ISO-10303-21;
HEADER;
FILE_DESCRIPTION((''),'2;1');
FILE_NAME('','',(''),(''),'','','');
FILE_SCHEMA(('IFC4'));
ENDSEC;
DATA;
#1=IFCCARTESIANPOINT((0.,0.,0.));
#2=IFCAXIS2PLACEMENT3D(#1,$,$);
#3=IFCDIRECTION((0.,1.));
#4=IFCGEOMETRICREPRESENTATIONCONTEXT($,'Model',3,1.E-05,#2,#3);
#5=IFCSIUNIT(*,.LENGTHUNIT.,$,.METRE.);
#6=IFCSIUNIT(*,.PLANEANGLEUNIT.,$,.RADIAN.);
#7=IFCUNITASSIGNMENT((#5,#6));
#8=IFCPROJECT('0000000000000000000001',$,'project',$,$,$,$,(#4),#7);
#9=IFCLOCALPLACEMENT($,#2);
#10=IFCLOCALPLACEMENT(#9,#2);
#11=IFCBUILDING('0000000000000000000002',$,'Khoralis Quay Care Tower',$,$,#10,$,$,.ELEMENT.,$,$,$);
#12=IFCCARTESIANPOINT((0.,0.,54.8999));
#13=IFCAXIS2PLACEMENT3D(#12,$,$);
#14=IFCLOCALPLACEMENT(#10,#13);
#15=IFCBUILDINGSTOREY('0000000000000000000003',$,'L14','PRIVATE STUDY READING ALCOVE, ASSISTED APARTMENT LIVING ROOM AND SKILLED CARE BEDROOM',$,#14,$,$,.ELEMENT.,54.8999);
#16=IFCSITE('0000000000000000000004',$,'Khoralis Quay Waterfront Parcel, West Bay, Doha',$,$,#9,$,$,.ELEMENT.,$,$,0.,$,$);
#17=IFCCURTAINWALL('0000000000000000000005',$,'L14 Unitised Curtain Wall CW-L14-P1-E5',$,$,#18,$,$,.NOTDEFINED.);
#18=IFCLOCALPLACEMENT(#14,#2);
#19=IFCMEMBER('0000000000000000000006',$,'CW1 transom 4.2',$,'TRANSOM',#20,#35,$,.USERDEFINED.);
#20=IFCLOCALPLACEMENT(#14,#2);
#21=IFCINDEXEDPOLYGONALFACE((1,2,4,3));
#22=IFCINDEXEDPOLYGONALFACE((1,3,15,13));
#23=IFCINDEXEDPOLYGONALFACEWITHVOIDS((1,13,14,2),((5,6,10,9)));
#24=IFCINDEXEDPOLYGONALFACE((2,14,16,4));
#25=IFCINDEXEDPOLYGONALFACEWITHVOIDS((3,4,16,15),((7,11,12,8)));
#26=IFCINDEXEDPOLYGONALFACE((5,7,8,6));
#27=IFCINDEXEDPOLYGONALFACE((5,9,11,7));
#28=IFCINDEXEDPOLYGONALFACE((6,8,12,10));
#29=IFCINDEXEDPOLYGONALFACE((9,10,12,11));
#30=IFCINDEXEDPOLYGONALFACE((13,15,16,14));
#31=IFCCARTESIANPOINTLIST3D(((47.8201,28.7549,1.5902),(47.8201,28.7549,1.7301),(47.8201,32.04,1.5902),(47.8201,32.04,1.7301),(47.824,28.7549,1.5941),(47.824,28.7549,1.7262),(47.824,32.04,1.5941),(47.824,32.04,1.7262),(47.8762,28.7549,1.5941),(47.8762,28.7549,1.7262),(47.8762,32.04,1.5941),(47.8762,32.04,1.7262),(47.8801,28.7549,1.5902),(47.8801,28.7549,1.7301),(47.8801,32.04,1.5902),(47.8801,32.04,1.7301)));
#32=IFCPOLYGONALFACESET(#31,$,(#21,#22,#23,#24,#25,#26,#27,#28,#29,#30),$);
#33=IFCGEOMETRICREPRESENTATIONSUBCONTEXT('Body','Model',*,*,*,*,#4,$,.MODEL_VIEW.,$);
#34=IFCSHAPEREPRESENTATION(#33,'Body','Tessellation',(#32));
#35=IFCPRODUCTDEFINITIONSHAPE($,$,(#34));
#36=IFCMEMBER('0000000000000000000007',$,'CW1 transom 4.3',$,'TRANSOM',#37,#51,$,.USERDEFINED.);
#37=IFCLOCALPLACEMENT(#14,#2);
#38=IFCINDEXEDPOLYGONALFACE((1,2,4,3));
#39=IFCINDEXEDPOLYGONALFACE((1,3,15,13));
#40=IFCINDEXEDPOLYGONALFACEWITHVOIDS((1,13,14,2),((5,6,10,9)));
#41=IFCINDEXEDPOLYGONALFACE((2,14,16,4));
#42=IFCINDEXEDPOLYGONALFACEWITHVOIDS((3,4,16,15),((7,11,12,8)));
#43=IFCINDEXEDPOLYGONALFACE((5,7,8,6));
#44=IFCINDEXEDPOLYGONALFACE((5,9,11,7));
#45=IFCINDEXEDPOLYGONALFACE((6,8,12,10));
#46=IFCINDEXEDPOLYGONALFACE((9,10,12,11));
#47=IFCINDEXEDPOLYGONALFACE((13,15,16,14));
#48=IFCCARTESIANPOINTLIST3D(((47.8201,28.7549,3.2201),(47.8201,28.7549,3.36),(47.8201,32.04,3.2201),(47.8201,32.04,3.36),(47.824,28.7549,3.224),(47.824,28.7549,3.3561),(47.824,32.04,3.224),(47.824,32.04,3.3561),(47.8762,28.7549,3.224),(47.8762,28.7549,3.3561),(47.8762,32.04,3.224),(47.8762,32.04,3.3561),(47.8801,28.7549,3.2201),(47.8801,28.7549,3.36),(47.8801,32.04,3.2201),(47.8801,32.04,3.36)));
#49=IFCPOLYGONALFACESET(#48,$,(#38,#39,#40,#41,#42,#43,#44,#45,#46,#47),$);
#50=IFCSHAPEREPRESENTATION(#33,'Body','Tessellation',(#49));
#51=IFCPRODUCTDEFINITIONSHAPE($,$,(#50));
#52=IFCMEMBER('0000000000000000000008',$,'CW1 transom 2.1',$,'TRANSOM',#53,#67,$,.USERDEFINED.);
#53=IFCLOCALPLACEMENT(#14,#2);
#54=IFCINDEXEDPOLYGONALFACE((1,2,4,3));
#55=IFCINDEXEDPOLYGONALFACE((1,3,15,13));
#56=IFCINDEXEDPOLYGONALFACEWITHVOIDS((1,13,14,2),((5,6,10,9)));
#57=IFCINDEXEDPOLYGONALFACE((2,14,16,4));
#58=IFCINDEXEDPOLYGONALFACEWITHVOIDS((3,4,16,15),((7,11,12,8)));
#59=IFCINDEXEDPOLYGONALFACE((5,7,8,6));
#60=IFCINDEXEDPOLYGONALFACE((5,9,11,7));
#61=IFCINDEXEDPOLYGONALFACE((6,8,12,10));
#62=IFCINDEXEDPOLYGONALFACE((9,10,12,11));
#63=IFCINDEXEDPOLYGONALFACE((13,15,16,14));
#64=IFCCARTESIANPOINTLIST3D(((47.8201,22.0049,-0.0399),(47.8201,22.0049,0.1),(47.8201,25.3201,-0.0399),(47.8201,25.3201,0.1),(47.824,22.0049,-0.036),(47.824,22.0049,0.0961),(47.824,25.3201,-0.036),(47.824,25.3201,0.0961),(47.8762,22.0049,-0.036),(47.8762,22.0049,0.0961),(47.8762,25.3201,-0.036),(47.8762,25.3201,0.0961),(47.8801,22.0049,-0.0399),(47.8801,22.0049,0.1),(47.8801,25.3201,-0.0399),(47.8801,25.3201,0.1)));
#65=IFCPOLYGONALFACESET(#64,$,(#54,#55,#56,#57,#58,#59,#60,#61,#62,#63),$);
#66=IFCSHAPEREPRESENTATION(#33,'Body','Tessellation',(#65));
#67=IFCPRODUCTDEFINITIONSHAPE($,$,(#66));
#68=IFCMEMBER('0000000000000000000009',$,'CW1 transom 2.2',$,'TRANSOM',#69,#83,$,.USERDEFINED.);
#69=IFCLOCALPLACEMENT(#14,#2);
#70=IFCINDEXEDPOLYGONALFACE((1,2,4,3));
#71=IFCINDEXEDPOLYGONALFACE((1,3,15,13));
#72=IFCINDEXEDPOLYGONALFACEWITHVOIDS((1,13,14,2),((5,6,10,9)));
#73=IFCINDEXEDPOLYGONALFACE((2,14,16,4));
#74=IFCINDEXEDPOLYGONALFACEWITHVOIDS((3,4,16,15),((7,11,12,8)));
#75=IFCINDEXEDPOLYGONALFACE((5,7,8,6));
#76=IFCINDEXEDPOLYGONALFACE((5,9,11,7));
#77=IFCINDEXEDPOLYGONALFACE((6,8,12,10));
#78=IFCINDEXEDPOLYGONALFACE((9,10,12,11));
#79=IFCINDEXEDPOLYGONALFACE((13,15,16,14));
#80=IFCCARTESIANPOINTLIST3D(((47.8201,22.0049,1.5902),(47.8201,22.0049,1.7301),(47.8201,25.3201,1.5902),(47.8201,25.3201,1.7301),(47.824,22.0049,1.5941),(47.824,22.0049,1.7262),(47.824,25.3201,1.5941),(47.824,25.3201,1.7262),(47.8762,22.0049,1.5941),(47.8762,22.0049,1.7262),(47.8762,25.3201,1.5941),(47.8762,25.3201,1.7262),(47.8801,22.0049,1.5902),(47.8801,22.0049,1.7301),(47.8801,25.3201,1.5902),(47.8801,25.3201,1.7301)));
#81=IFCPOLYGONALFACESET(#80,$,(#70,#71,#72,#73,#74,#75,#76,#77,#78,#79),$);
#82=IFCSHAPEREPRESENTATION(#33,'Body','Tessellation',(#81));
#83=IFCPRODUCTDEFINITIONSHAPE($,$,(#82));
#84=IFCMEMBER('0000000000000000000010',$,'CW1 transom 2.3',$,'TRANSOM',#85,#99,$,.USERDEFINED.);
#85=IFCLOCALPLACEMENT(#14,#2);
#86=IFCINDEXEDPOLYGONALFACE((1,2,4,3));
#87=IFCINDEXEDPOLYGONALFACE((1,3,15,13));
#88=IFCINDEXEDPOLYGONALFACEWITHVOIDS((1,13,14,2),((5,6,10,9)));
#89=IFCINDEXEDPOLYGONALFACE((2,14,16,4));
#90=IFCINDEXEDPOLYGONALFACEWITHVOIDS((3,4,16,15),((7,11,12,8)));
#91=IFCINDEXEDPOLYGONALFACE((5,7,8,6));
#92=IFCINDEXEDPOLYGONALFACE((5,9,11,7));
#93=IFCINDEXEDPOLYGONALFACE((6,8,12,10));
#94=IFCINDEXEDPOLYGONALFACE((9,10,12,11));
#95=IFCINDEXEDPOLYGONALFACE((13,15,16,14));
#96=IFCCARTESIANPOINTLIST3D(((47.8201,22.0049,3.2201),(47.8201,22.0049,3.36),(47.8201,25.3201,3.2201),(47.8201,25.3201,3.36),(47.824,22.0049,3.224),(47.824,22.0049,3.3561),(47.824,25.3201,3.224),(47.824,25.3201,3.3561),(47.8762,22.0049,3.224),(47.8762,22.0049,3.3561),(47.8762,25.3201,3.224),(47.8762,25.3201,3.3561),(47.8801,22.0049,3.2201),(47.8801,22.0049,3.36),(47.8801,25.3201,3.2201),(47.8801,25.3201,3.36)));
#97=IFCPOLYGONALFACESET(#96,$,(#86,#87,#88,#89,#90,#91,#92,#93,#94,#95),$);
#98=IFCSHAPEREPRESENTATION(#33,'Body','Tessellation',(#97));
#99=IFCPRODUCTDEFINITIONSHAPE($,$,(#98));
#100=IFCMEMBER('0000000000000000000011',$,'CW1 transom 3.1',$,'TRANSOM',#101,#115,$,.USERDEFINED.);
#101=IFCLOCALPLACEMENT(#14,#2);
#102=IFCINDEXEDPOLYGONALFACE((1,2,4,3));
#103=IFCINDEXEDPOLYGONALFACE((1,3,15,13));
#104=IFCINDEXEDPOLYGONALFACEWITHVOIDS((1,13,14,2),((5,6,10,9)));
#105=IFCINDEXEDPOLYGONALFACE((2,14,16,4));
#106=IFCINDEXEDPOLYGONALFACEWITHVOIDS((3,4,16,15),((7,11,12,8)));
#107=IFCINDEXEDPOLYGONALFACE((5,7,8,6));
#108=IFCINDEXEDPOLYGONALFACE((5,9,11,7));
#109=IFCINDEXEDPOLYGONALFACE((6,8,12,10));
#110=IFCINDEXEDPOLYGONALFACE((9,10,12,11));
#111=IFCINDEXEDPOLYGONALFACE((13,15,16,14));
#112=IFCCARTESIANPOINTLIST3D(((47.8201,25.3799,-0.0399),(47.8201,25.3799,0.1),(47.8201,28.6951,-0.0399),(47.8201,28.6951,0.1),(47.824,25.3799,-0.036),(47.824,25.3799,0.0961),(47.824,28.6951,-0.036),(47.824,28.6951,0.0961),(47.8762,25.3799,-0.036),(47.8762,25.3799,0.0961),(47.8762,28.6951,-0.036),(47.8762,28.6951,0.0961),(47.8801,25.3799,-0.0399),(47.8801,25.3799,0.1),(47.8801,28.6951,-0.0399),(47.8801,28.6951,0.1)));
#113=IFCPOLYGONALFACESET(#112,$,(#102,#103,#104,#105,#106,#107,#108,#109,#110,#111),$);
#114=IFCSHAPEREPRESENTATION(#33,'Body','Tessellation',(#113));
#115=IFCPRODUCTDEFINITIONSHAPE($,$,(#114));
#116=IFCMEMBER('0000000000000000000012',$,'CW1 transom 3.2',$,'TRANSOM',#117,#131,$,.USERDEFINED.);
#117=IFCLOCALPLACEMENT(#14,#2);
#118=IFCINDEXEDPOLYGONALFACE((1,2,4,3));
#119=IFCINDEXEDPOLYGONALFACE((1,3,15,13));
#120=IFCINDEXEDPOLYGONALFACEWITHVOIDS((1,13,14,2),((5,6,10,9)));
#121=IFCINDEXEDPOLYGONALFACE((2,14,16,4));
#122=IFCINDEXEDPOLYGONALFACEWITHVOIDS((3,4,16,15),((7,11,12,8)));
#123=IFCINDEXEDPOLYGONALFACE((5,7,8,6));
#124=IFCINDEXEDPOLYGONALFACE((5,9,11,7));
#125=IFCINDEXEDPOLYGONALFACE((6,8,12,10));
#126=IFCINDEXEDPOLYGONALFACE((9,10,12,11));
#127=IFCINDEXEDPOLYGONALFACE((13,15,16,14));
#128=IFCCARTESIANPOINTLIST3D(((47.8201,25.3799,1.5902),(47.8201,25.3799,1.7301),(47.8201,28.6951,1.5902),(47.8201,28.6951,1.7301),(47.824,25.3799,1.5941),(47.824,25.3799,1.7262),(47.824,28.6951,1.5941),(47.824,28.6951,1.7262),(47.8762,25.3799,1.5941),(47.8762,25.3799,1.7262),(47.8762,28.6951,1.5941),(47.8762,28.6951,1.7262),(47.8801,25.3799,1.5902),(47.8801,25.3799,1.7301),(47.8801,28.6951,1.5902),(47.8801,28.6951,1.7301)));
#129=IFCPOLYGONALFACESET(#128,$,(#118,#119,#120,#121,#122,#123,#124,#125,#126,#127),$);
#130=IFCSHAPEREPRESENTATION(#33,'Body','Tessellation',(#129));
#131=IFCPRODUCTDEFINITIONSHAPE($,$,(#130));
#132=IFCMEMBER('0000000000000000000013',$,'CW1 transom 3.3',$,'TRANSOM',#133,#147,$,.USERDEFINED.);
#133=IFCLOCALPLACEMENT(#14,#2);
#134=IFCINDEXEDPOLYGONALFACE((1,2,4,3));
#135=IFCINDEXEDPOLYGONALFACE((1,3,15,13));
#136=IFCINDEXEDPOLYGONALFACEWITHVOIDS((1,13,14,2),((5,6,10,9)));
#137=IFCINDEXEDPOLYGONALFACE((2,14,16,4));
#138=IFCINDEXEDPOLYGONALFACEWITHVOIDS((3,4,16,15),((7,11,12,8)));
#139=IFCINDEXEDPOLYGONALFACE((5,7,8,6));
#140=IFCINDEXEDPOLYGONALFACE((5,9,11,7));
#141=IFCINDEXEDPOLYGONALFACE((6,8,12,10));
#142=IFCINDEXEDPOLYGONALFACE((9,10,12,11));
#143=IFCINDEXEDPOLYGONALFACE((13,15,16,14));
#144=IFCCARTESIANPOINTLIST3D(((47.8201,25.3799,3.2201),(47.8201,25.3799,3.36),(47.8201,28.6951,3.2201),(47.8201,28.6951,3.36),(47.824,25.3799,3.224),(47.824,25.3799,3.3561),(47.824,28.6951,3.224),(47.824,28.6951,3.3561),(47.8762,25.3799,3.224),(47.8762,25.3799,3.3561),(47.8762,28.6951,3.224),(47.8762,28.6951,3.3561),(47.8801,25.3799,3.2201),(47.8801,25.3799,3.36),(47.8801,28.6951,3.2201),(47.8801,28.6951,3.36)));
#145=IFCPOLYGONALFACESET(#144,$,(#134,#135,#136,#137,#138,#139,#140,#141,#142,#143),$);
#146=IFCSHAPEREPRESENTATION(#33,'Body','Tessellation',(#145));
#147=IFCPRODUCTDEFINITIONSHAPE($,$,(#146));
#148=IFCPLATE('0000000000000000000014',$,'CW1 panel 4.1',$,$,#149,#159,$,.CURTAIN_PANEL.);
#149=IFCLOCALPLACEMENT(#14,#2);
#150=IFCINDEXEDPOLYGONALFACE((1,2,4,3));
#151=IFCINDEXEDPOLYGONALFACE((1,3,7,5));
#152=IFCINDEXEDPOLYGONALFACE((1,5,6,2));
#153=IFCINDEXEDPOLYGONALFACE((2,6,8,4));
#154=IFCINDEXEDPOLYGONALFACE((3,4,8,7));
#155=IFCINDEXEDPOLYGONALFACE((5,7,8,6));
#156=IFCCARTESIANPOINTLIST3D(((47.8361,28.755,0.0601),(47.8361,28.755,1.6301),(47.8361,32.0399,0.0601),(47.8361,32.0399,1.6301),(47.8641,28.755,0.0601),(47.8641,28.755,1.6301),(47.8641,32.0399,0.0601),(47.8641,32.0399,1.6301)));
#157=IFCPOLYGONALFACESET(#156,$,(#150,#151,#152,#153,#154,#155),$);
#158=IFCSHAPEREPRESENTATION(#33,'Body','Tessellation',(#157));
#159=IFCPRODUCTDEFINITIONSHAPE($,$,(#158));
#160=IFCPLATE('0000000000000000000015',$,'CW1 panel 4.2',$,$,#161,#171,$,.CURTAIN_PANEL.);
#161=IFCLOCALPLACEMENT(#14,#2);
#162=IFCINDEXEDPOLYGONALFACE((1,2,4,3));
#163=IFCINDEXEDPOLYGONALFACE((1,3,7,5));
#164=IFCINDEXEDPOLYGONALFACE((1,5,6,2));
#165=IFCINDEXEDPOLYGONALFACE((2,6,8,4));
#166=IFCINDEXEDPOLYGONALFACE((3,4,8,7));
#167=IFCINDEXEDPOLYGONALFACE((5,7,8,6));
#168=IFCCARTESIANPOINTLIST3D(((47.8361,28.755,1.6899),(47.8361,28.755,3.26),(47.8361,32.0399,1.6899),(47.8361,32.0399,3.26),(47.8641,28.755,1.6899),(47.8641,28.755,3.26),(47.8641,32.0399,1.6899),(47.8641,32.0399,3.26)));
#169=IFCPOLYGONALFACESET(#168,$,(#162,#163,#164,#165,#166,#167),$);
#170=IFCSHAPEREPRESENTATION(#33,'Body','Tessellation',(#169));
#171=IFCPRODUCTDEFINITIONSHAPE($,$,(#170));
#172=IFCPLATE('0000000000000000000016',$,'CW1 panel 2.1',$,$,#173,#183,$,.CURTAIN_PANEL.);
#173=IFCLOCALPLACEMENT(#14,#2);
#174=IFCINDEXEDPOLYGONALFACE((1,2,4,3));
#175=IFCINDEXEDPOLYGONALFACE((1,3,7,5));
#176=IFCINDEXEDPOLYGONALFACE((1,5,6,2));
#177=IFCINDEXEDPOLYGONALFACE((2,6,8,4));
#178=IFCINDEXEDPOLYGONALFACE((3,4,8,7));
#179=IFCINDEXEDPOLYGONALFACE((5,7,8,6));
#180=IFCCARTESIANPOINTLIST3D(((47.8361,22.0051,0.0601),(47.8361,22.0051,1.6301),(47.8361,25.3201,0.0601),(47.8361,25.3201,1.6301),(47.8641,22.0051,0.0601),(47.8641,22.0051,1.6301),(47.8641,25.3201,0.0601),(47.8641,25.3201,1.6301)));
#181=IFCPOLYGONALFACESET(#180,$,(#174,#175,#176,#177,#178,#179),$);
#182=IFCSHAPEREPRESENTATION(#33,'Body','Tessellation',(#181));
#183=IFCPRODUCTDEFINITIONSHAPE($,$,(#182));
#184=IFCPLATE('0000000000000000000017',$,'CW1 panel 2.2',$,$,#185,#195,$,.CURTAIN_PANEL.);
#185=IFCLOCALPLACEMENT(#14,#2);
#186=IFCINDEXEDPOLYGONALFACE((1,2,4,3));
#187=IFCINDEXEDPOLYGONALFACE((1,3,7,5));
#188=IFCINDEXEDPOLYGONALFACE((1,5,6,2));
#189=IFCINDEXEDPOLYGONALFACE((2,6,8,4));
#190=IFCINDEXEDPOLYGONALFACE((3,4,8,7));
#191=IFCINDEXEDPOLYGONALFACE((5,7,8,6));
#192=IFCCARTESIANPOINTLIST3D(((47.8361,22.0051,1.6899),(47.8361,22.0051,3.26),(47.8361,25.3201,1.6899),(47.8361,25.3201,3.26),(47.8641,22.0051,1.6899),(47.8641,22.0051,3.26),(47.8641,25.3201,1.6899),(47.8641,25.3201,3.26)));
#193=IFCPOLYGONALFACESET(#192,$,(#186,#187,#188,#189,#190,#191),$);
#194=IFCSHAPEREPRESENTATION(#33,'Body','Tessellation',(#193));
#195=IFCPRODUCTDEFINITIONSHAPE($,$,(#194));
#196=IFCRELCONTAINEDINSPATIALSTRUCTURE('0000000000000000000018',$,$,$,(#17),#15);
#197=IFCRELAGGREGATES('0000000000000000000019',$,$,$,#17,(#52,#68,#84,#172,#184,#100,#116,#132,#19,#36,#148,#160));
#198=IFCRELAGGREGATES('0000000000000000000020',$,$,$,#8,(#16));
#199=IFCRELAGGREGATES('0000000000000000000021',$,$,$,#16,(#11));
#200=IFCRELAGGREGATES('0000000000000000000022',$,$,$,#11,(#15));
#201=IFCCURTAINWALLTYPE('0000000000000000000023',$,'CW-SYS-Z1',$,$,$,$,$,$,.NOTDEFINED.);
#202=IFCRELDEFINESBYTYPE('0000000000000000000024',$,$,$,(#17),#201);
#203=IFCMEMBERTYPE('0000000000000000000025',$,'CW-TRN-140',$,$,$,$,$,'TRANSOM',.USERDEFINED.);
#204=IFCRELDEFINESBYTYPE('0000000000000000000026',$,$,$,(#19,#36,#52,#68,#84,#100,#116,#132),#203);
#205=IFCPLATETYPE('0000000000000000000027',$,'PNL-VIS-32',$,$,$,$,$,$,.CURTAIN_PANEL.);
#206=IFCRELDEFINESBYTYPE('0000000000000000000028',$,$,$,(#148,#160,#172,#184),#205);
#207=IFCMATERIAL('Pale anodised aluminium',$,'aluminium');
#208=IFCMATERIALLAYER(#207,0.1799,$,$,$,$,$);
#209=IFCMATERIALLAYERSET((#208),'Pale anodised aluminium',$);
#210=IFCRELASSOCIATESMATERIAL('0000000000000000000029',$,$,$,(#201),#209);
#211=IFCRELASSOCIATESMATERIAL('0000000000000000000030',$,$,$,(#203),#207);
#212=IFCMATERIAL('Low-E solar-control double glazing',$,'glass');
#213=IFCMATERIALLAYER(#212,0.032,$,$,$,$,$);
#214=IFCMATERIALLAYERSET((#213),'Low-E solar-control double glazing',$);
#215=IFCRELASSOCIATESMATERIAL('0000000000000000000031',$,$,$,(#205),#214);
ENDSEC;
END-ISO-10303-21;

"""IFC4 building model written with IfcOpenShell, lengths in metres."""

from ifc_helpers import new_model, si_unit, direction, frame, origin, origin_2d, place, context, subcontext, project, spatial, rectangle, hollow_rectangle, extrude, source, transform, mapped, material, layer, layer_set, material_profile, profile_set, type_object, element, aggregate, save


model = new_model("IFC4")

# Units and contexts
model_context = context("Model", 3, precision=1e-05, world=origin(), true_north=direction((0.0, 1.0)))
body_context = subcontext(model_context, "Body", "Model", "MODEL_VIEW")
ifc_project = project(units=[si_unit("LENGTHUNIT", "METRE"), si_unit("PLANEANGLEUNIT", "RADIAN")], contexts=[model_context])

# Site, building, storey
site_placement = place(None, origin())
site = spatial("IfcSite", under=ifc_project, at=site_placement, Name="Khoralis Quay Waterfront Parcel, West Bay, Doha", CompositionType="ELEMENT", RefElevation=0.0)
building_placement = place(site_placement, origin())
building = spatial("IfcBuilding", under=site, at=building_placement, Name="Khoralis Quay Care Tower", CompositionType="ELEMENT")
storey_placement = place(building_placement, frame((0.0, 0.0, 54.8999)))
storey = spatial("IfcBuildingStorey", under=building, at=storey_placement, Name="L14", Description="PRIVATE STUDY READING ALCOVE, ASSISTED APARTMENT LIVING ROOM AND SKILLED CARE BEDROOM", CompositionType="ELEMENT", Elevation=54.8999)

# Curtain wall, members, plates
ifc_material_1 = material(Name="Pale anodised aluminium", Category="aluminium")
ifc_layer_1 = layer(ifc_material_1, 0.1799)
ifc_layer_set_1 = layer_set([ifc_layer_1], Name="Pale anodised aluminium")
curtain_wall_type = type_object("IfcCurtainWallType", Name="CW-SYS-Z1", PredefinedType="NOTDEFINED", material=ifc_layer_set_1)
curtain_wall_placement = place(storey_placement, origin())
curtain_wall = element("IfcCurtainWall", 1, at=curtain_wall_placement, inside=storey, type_object=curtain_wall_type, Name="L14 Unitised Curtain Wall CW-L14-P1-E5", PredefinedType="NOTDEFINED")
ifc_material_profile_1 = material_profile(ifc_material_1, hollow_rectangle(XDim=0.0601, YDim=0.1399, WallThickness=0.0039, at=origin_2d()), Name="Pale anodised aluminium")
ifc_profile_set_1 = profile_set([ifc_material_profile_1], Name="Pale anodised aluminium")
member_type_1 = type_object("IfcMemberType", Name="CW-TRN-140", ElementType="TRANSOM", PredefinedType="USERDEFINED", material=ifc_profile_set_1)
shared_shape_1 = source(origin(), body_context, "Body", "SweptSolid", [
    extrude(hollow_rectangle(XDim=0.0601, YDim=0.1399, WallThickness=0.0039, at=origin_2d()), origin(), (0.0, 0.0, 1.0), 3.2852),
])
member_1_placement = place(storey_placement, frame((47.8501, 28.7549, 1.6602), z_axis=(0.0, 1.0, 0.0), x_axis=(-1.0, 0.0, 0.0)))
member_1 = element("IfcMember", 2, at=member_1_placement, type_object=member_type_1, Name="CW1 transom 4.2", ObjectType="TRANSOM", PredefinedType="USERDEFINED", context=body_context, shape_type="MappedRepresentation", body=[
    mapped(shared_shape_1, transform((0.0, 0.0, 0.0), scale=1.0)),
])
member_2_placement = place(storey_placement, frame((47.8501, 28.7549, 3.29), z_axis=(0.0, 1.0, 0.0), x_axis=(-1.0, 0.0, 0.0)))
member_2 = element("IfcMember", 3, at=member_2_placement, type_object=member_type_1, Name="CW1 transom 4.3", ObjectType="TRANSOM", PredefinedType="USERDEFINED", context=body_context, shape_type="MappedRepresentation", body=[
    mapped(shared_shape_1, transform((0.0, 0.0, 0.0), scale=1.0)),
])
shared_shape_2 = source(origin(), body_context, "Body", "SweptSolid", [
    extrude(hollow_rectangle(XDim=0.0601, YDim=0.1399, WallThickness=0.0039, at=origin_2d()), origin(), (0.0, 0.0, 1.0), 3.3152),
])
member_3_placement = place(storey_placement, frame((47.8501, 22.0049, 0.03), z_axis=(0.0, 1.0, 0.0), x_axis=(-1.0, 0.0, 0.0)))
member_3 = element("IfcMember", 4, at=member_3_placement, type_object=member_type_1, Name="CW1 transom 2.1", ObjectType="TRANSOM", PredefinedType="USERDEFINED", context=body_context, shape_type="MappedRepresentation", body=[
    mapped(shared_shape_2, transform((0.0, 0.0, 0.0), scale=1.0)),
])
member_4_placement = place(storey_placement, frame((47.8501, 22.0049, 1.6602), z_axis=(0.0, 1.0, 0.0), x_axis=(-1.0, 0.0, 0.0)))
member_4 = element("IfcMember", 5, at=member_4_placement, type_object=member_type_1, Name="CW1 transom 2.2", ObjectType="TRANSOM", PredefinedType="USERDEFINED", context=body_context, shape_type="MappedRepresentation", body=[
    mapped(shared_shape_2, transform((0.0, 0.0, 0.0), scale=1.0)),
])
member_5_placement = place(storey_placement, frame((47.8501, 22.0049, 3.29), z_axis=(0.0, 1.0, 0.0), x_axis=(-1.0, 0.0, 0.0)))
member_5 = element("IfcMember", 6, at=member_5_placement, type_object=member_type_1, Name="CW1 transom 2.3", ObjectType="TRANSOM", PredefinedType="USERDEFINED", context=body_context, shape_type="MappedRepresentation", body=[
    mapped(shared_shape_2, transform((0.0, 0.0, 0.0), scale=1.0)),
])
member_6_placement = place(storey_placement, frame((47.8501, 25.3799, 0.03), z_axis=(0.0, 1.0, 0.0), x_axis=(-1.0, 0.0, 0.0)))
member_6 = element("IfcMember", 7, at=member_6_placement, type_object=member_type_1, Name="CW1 transom 3.1", ObjectType="TRANSOM", PredefinedType="USERDEFINED", context=body_context, shape_type="MappedRepresentation", body=[
    mapped(shared_shape_2, transform((0.0, 0.0, 0.0), scale=1.0)),
])
member_7_placement = place(storey_placement, frame((47.8501, 25.3799, 1.6602), z_axis=(0.0, 1.0, 0.0), x_axis=(-1.0, 0.0, 0.0)))
member_7 = element("IfcMember", 8, at=member_7_placement, type_object=member_type_1, Name="CW1 transom 3.2", ObjectType="TRANSOM", PredefinedType="USERDEFINED", context=body_context, shape_type="MappedRepresentation", body=[
    mapped(shared_shape_2, transform((0.0, 0.0, 0.0), scale=1.0)),
])
member_8_placement = place(storey_placement, frame((47.8501, 25.3799, 3.29), z_axis=(0.0, 1.0, 0.0), x_axis=(-1.0, 0.0, 0.0)))
member_8 = element("IfcMember", 9, at=member_8_placement, type_object=member_type_1, Name="CW1 transom 3.3", ObjectType="TRANSOM", PredefinedType="USERDEFINED", context=body_context, shape_type="MappedRepresentation", body=[
    mapped(shared_shape_2, transform((0.0, 0.0, 0.0), scale=1.0)),
])
ifc_material_2 = material(Name="Low-E solar-control double glazing", Category="glass")
ifc_layer_2 = layer(ifc_material_2, 0.032)
ifc_layer_set_2 = layer_set([ifc_layer_2], Name="Low-E solar-control double glazing")
plate_type = type_object("IfcPlateType", Name="PNL-VIS-32", PredefinedType="CURTAIN_PANEL", material=ifc_layer_set_2)
shared_shape_3 = source(origin(), body_context, "Body", "SweptSolid", [
    extrude(rectangle(XDim=3.2849, YDim=0.0281, at=origin_2d()), origin(), (0.0, 0.0, 1.0), 1.5701),
])
plate_1_placement = place(storey_placement, frame((47.8501, 30.3975, 0.0601), z_axis=(0.0, 0.0, 1.0), x_axis=(0.0, 1.0, 0.0)))
plate_1 = element("IfcPlate", 10, at=plate_1_placement, type_object=plate_type, Name="CW1 panel 4.1", PredefinedType="CURTAIN_PANEL", context=body_context, shape_type="MappedRepresentation", body=[
    mapped(shared_shape_3, transform((0.0, 0.0, 0.0), scale=1.0)),
])
plate_2_placement = place(storey_placement, frame((47.8501, 30.3975, 1.6899), z_axis=(0.0, 0.0, 1.0), x_axis=(0.0, 1.0, 0.0)))
plate_2 = element("IfcPlate", 11, at=plate_2_placement, type_object=plate_type, Name="CW1 panel 4.2", PredefinedType="CURTAIN_PANEL", context=body_context, shape_type="MappedRepresentation", body=[
    mapped(shared_shape_3, transform((0.0, 0.0, 0.0), scale=1.0)),
])
shared_shape_4 = source(origin(), body_context, "Body", "SweptSolid", [
    extrude(rectangle(XDim=3.3149, YDim=0.0281, at=origin_2d()), origin(), (0.0, 0.0, 1.0), 1.5701),
])
plate_3_placement = place(storey_placement, frame((47.8501, 23.6626, 0.0601), z_axis=(0.0, 0.0, 1.0), x_axis=(0.0, 1.0, 0.0)))
plate_3 = element("IfcPlate", 12, at=plate_3_placement, type_object=plate_type, Name="CW1 panel 2.1", PredefinedType="CURTAIN_PANEL", context=body_context, shape_type="MappedRepresentation", body=[
    mapped(shared_shape_4, transform((0.0, 0.0, 0.0), scale=1.0)),
])
plate_4_placement = place(storey_placement, frame((47.8501, 23.6626, 1.6899), z_axis=(0.0, 0.0, 1.0), x_axis=(0.0, 1.0, 0.0)))
plate_4 = element("IfcPlate", 13, at=plate_4_placement, type_object=plate_type, Name="CW1 panel 2.2", PredefinedType="CURTAIN_PANEL", context=body_context, shape_type="MappedRepresentation", body=[
    mapped(shared_shape_4, transform((0.0, 0.0, 0.0), scale=1.0)),
])
aggregate(curtain_wall, [member_3, member_4, member_5, plate_3, plate_4, member_6, member_7, member_8, member_1, member_2, plate_1, plate_2])

save(model, "model.ifc")
